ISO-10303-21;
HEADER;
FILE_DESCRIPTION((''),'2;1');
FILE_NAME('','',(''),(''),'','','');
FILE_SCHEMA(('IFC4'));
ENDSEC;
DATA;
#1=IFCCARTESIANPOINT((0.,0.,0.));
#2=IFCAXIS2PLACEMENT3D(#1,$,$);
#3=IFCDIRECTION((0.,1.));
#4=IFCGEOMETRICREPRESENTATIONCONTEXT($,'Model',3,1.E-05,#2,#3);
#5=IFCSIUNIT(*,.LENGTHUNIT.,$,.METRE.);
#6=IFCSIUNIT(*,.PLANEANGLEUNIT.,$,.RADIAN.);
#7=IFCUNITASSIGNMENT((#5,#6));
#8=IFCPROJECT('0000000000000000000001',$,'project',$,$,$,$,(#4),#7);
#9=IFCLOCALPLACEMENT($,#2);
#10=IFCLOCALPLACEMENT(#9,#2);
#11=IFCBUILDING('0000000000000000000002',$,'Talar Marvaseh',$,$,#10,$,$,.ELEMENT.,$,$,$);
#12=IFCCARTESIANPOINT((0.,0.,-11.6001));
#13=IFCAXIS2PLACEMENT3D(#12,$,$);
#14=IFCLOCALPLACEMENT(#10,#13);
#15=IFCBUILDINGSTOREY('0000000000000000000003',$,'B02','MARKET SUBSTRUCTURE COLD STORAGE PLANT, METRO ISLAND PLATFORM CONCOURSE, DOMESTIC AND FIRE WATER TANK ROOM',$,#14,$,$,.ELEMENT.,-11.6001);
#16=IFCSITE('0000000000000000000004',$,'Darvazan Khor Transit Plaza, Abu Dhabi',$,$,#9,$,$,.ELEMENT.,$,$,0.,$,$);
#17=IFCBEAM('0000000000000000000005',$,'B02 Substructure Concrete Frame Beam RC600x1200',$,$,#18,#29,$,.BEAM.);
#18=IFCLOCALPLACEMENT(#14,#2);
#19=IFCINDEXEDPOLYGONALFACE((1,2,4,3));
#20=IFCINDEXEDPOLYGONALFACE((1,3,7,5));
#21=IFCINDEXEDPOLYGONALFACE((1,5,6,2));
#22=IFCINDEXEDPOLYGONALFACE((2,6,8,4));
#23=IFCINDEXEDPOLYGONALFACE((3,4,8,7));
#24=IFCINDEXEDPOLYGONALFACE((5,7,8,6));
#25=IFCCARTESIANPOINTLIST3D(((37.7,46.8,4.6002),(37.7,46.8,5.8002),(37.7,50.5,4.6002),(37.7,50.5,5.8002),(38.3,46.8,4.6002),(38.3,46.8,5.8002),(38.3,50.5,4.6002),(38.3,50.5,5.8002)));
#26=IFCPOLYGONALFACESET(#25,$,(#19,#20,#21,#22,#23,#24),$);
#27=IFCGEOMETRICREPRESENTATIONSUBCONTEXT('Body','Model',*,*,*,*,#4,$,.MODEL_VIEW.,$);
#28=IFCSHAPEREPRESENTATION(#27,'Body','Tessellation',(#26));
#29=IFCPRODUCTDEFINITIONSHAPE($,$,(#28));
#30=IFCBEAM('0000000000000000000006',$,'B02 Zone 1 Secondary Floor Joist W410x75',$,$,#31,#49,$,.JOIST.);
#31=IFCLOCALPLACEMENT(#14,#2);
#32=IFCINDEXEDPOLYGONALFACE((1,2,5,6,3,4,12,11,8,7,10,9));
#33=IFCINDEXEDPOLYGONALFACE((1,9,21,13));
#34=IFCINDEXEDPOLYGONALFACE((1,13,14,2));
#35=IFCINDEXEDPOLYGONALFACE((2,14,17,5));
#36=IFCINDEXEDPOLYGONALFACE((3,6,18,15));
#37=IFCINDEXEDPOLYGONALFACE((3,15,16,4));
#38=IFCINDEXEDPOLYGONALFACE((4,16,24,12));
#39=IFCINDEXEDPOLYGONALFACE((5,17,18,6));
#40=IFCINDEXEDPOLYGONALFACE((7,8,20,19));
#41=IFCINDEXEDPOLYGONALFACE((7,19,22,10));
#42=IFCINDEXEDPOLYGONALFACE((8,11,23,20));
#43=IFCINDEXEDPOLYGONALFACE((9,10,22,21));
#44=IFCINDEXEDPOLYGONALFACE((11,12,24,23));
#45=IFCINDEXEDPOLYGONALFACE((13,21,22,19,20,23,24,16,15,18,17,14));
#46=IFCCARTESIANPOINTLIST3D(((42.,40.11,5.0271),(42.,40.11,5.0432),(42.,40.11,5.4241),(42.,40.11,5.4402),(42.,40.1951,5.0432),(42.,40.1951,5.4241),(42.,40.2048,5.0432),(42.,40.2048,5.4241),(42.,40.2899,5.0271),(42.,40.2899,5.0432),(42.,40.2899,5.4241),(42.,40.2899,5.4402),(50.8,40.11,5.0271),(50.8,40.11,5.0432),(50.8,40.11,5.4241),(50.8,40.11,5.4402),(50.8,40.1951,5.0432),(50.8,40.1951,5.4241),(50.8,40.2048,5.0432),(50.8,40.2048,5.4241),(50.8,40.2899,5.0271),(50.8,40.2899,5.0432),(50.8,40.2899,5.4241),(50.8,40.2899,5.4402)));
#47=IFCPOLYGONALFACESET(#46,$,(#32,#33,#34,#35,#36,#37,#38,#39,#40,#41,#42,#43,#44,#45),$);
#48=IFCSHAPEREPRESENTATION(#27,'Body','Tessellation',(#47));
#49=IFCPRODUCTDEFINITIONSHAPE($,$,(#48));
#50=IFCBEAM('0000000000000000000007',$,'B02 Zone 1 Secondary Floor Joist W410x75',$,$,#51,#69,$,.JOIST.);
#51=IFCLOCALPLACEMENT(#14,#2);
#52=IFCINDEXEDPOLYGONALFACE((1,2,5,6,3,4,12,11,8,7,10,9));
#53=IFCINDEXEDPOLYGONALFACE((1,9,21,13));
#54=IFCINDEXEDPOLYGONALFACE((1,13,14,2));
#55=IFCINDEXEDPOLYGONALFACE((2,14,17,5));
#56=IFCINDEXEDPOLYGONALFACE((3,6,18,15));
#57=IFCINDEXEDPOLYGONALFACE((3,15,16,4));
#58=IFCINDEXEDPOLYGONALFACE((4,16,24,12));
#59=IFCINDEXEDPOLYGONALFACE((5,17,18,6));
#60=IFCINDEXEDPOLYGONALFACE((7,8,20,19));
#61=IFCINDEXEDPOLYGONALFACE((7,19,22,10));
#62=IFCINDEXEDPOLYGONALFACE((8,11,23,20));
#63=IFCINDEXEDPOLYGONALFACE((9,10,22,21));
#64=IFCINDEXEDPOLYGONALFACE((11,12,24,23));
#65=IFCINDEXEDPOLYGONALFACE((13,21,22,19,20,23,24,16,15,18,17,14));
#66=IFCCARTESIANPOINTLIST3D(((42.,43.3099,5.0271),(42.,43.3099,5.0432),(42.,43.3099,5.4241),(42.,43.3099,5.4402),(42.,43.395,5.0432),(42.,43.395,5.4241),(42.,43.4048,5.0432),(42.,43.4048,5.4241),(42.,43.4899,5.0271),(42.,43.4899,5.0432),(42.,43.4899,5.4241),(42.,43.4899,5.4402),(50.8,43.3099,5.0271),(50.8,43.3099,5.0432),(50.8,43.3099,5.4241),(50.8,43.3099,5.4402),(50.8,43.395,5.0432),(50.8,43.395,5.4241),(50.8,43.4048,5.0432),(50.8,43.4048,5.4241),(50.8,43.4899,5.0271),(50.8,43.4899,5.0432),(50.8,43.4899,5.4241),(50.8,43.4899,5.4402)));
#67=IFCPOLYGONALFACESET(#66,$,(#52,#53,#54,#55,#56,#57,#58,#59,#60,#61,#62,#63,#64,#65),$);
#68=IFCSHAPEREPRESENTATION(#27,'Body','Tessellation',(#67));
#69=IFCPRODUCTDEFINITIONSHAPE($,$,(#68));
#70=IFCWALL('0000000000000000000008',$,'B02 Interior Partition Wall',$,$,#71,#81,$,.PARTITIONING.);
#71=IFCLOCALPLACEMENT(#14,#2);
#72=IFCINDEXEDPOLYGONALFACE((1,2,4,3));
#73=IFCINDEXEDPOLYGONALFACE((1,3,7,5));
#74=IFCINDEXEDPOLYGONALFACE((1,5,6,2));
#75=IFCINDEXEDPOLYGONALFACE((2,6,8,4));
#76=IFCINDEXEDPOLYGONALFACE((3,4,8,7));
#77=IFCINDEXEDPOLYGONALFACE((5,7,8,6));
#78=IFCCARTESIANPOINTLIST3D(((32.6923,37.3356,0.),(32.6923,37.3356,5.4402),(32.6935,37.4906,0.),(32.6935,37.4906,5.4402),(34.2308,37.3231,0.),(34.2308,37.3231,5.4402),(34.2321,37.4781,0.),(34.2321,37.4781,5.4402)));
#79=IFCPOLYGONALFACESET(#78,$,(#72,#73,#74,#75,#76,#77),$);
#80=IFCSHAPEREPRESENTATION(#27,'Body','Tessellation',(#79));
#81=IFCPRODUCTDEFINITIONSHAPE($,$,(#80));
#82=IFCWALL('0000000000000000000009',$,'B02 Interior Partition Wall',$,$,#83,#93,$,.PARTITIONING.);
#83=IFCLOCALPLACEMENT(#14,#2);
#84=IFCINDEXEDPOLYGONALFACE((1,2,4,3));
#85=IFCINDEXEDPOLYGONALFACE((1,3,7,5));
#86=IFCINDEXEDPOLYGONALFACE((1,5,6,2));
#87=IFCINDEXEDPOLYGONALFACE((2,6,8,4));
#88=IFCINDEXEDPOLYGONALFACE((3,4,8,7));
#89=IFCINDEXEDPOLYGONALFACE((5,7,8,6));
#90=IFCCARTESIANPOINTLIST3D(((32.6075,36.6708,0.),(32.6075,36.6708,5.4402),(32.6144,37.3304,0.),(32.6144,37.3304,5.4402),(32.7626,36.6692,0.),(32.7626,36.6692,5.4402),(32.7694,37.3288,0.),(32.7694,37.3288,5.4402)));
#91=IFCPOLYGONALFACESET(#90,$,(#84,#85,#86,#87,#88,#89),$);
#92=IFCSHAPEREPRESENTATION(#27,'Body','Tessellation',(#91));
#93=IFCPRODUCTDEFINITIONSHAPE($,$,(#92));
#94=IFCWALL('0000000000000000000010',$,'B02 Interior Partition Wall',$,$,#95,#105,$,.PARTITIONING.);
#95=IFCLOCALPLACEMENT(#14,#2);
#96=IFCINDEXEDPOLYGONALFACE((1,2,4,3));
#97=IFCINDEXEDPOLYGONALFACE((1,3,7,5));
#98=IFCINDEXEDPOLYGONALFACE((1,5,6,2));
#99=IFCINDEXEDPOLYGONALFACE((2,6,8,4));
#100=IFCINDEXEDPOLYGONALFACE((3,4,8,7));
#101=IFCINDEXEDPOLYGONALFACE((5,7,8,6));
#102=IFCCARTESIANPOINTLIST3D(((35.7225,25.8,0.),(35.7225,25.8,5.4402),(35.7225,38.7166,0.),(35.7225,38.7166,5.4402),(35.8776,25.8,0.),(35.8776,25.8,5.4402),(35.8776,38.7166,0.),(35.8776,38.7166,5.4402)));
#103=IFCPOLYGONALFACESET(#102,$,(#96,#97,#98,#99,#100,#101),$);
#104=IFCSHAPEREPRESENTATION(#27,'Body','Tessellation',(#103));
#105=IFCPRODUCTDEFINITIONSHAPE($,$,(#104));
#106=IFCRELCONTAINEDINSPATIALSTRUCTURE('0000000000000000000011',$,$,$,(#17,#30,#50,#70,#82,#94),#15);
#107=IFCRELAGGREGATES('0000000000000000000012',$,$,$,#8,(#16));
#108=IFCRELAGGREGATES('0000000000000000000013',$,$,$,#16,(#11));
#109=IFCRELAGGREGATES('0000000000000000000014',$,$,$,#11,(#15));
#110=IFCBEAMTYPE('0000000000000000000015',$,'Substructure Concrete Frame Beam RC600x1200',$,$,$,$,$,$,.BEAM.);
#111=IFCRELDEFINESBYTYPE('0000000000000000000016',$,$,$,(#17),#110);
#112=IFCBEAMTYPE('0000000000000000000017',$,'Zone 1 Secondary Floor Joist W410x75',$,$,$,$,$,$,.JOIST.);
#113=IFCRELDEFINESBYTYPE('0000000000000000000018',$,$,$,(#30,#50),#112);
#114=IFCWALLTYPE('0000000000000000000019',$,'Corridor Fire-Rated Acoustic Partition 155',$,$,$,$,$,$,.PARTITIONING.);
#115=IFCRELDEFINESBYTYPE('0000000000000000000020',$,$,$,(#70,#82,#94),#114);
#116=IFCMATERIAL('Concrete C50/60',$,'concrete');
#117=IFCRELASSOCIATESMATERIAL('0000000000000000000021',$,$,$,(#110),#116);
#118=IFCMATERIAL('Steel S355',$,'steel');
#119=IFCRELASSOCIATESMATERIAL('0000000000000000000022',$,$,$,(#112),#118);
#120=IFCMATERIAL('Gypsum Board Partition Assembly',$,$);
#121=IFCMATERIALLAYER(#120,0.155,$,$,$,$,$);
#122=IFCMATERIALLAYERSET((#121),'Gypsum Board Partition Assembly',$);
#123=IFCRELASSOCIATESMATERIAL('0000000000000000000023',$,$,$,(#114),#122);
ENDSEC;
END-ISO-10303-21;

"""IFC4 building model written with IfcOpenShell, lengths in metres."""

from ifc_helpers import new_model, si_unit, direction, frame, frame_2d, origin, origin_2d, place, context, subcontext, project, spatial, rectangle, i_section, extrude, material, layer, layer_set, material_profile, profile_set, type_object, element, save


model = new_model("IFC4")

# Units and contexts
model_context = context("Model", 3, precision=1e-05, world=origin(), true_north=direction((0.0, 1.0)))
body_context = subcontext(model_context, "Body", "Model", "MODEL_VIEW")
ifc_project = project(units=[si_unit("LENGTHUNIT", "METRE"), si_unit("PLANEANGLEUNIT", "RADIAN")], contexts=[model_context])

# Site, building, storey
site_placement = place(None, origin())
site = spatial("IfcSite", under=ifc_project, at=site_placement, Name="Darvazan Khor Transit Plaza, Abu Dhabi", CompositionType="ELEMENT", RefElevation=0.0)
building_placement = place(site_placement, origin())
building = spatial("IfcBuilding", under=site, at=building_placement, Name="Talar Marvaseh", CompositionType="ELEMENT")
storey_placement = place(building_placement, frame((0.0, 0.0, -11.6001)))
storey = spatial("IfcBuildingStorey", under=building, at=storey_placement, Name="B02", Description="MARKET SUBSTRUCTURE COLD STORAGE PLANT, METRO ISLAND PLATFORM CONCOURSE, DOMESTIC AND FIRE WATER TANK ROOM", CompositionType="ELEMENT", Elevation=-11.6001)

# Shared definitions
ifc_material_1 = material(Name="Concrete C50/60", Category="concrete")

# Beams
ifc_material_profile_1 = material_profile(ifc_material_1, rectangle(XDim=0.6001, YDim=1.2, at=origin_2d()), Name="RC600x1200")
ifc_profile_set_1 = profile_set([ifc_material_profile_1], Name="Concrete C50/60")
beam_type_1 = type_object("IfcBeamType", Name="Substructure Concrete Frame Beam RC600x1200", PredefinedType="BEAM", material=ifc_profile_set_1)
beam_1_placement = place(storey_placement, frame((38.0, 50.5, 5.2002), z_axis=(0.0, -1.0, 0.0), x_axis=(1.0, 0.0, 0.0)))
element("IfcBeam", 1, at=beam_1_placement, inside=storey, type_object=beam_type_1, Name="B02 Substructure Concrete Frame Beam RC600x1200", PredefinedType="BEAM", context=body_context, shape_type="SweptSolid", body=[
    extrude(rectangle(XDim=0.6001, YDim=1.2, at=origin_2d()), origin(), (0.0, 0.0, 1.0), 3.7),
])
ifc_material_2 = material(Name="Steel S355", Category="steel")
ifc_material_profile_2 = material_profile(ifc_material_2, i_section(OverallWidth=0.1799, OverallDepth=0.4131, WebThickness=0.0098, FlangeThickness=0.0161, at=origin_2d()), Name="W410x75")
ifc_profile_set_2 = profile_set([ifc_material_profile_2], Name="Steel S355")
beam_type_2 = type_object("IfcBeamType", Name="Zone 1 Secondary Floor Joist W410x75", PredefinedType="JOIST", material=ifc_profile_set_2)
for number, where, z_axis, x_axis, name in (
    (2, (42.0, 40.2, 5.2336), (1.0, 0.0, 0.0), (0.0, 1.0, 0.0), "B02 Zone 1 Secondary Floor Joist W410x75"),
    (3, (42.0, 43.3999, 5.2336), (1.0, 0.0, 0.0), (0.0, 1.0, 0.0), "B02 Zone 1 Secondary Floor Joist W410x75"),
):
    element("IfcBeam", number, at=place(storey_placement, frame(where, z_axis=z_axis, x_axis=x_axis)), inside=storey, type_object=beam_type_2, Name=name, PredefinedType="JOIST", context=body_context, shape_type="SweptSolid", body=[
        extrude(i_section(OverallWidth=0.1799, OverallDepth=0.4131, WebThickness=0.0098, FlangeThickness=0.0161, at=origin_2d()), origin(), (0.0, 0.0, 1.0), 8.8),
    ])

# Walls
ifc_material_3 = material(Name="Gypsum Board Partition Assembly")
ifc_layer = layer(ifc_material_3, 0.155)
ifc_layer_set = layer_set([ifc_layer], Name="Gypsum Board Partition Assembly")
wall_type = type_object("IfcWallType", Name="Corridor Fire-Rated Acoustic Partition 155", PredefinedType="PARTITIONING", material=ifc_layer_set)
wall_1_placement = place(storey_placement, frame((34.2314, 37.4006, 0.0), z_axis=(0.0, 0.0, 1.0), x_axis=(-0.999967, 0.008092, 0.0)))
element("IfcWall", 4, at=wall_1_placement, inside=storey, type_object=wall_type, Name="B02 Interior Partition Wall", PredefinedType="PARTITIONING", context=body_context, shape_type="SweptSolid", body=[
    extrude(rectangle(XDim=1.5386, YDim=0.155, at=frame_2d((0.7693, 0.0))), origin(), (0.0, 0.0, 1.0), 5.4402),
])
wall_2_placement = place(storey_placement, frame((32.6919, 37.3296, 0.0), z_axis=(0.0, 0.0, 1.0), x_axis=(-0.010362, -0.999946, 0.0)))
element("IfcWall", 5, at=wall_2_placement, inside=storey, type_object=wall_type, Name="B02 Interior Partition Wall", PredefinedType="PARTITIONING", context=body_context, shape_type="SweptSolid", body=[
    extrude(rectangle(XDim=0.6597, YDim=0.155, at=frame_2d((0.3298, 0.0))), origin(), (0.0, 0.0, 1.0), 5.4402),
])
wall_3_placement = place(storey_placement, frame((35.8, 38.7166, 0.0), z_axis=(0.0, 0.0, 1.0), x_axis=(0.0, -1.0, 0.0)))
element("IfcWall", 6, at=wall_3_placement, inside=storey, type_object=wall_type, Name="B02 Interior Partition Wall", PredefinedType="PARTITIONING", context=body_context, shape_type="SweptSolid", body=[
    extrude(rectangle(XDim=12.9165, YDim=0.155, at=frame_2d((6.4583, 0.0))), origin(), (0.0, 0.0, 1.0), 5.4402),
])

save(model, "model.ifc")
